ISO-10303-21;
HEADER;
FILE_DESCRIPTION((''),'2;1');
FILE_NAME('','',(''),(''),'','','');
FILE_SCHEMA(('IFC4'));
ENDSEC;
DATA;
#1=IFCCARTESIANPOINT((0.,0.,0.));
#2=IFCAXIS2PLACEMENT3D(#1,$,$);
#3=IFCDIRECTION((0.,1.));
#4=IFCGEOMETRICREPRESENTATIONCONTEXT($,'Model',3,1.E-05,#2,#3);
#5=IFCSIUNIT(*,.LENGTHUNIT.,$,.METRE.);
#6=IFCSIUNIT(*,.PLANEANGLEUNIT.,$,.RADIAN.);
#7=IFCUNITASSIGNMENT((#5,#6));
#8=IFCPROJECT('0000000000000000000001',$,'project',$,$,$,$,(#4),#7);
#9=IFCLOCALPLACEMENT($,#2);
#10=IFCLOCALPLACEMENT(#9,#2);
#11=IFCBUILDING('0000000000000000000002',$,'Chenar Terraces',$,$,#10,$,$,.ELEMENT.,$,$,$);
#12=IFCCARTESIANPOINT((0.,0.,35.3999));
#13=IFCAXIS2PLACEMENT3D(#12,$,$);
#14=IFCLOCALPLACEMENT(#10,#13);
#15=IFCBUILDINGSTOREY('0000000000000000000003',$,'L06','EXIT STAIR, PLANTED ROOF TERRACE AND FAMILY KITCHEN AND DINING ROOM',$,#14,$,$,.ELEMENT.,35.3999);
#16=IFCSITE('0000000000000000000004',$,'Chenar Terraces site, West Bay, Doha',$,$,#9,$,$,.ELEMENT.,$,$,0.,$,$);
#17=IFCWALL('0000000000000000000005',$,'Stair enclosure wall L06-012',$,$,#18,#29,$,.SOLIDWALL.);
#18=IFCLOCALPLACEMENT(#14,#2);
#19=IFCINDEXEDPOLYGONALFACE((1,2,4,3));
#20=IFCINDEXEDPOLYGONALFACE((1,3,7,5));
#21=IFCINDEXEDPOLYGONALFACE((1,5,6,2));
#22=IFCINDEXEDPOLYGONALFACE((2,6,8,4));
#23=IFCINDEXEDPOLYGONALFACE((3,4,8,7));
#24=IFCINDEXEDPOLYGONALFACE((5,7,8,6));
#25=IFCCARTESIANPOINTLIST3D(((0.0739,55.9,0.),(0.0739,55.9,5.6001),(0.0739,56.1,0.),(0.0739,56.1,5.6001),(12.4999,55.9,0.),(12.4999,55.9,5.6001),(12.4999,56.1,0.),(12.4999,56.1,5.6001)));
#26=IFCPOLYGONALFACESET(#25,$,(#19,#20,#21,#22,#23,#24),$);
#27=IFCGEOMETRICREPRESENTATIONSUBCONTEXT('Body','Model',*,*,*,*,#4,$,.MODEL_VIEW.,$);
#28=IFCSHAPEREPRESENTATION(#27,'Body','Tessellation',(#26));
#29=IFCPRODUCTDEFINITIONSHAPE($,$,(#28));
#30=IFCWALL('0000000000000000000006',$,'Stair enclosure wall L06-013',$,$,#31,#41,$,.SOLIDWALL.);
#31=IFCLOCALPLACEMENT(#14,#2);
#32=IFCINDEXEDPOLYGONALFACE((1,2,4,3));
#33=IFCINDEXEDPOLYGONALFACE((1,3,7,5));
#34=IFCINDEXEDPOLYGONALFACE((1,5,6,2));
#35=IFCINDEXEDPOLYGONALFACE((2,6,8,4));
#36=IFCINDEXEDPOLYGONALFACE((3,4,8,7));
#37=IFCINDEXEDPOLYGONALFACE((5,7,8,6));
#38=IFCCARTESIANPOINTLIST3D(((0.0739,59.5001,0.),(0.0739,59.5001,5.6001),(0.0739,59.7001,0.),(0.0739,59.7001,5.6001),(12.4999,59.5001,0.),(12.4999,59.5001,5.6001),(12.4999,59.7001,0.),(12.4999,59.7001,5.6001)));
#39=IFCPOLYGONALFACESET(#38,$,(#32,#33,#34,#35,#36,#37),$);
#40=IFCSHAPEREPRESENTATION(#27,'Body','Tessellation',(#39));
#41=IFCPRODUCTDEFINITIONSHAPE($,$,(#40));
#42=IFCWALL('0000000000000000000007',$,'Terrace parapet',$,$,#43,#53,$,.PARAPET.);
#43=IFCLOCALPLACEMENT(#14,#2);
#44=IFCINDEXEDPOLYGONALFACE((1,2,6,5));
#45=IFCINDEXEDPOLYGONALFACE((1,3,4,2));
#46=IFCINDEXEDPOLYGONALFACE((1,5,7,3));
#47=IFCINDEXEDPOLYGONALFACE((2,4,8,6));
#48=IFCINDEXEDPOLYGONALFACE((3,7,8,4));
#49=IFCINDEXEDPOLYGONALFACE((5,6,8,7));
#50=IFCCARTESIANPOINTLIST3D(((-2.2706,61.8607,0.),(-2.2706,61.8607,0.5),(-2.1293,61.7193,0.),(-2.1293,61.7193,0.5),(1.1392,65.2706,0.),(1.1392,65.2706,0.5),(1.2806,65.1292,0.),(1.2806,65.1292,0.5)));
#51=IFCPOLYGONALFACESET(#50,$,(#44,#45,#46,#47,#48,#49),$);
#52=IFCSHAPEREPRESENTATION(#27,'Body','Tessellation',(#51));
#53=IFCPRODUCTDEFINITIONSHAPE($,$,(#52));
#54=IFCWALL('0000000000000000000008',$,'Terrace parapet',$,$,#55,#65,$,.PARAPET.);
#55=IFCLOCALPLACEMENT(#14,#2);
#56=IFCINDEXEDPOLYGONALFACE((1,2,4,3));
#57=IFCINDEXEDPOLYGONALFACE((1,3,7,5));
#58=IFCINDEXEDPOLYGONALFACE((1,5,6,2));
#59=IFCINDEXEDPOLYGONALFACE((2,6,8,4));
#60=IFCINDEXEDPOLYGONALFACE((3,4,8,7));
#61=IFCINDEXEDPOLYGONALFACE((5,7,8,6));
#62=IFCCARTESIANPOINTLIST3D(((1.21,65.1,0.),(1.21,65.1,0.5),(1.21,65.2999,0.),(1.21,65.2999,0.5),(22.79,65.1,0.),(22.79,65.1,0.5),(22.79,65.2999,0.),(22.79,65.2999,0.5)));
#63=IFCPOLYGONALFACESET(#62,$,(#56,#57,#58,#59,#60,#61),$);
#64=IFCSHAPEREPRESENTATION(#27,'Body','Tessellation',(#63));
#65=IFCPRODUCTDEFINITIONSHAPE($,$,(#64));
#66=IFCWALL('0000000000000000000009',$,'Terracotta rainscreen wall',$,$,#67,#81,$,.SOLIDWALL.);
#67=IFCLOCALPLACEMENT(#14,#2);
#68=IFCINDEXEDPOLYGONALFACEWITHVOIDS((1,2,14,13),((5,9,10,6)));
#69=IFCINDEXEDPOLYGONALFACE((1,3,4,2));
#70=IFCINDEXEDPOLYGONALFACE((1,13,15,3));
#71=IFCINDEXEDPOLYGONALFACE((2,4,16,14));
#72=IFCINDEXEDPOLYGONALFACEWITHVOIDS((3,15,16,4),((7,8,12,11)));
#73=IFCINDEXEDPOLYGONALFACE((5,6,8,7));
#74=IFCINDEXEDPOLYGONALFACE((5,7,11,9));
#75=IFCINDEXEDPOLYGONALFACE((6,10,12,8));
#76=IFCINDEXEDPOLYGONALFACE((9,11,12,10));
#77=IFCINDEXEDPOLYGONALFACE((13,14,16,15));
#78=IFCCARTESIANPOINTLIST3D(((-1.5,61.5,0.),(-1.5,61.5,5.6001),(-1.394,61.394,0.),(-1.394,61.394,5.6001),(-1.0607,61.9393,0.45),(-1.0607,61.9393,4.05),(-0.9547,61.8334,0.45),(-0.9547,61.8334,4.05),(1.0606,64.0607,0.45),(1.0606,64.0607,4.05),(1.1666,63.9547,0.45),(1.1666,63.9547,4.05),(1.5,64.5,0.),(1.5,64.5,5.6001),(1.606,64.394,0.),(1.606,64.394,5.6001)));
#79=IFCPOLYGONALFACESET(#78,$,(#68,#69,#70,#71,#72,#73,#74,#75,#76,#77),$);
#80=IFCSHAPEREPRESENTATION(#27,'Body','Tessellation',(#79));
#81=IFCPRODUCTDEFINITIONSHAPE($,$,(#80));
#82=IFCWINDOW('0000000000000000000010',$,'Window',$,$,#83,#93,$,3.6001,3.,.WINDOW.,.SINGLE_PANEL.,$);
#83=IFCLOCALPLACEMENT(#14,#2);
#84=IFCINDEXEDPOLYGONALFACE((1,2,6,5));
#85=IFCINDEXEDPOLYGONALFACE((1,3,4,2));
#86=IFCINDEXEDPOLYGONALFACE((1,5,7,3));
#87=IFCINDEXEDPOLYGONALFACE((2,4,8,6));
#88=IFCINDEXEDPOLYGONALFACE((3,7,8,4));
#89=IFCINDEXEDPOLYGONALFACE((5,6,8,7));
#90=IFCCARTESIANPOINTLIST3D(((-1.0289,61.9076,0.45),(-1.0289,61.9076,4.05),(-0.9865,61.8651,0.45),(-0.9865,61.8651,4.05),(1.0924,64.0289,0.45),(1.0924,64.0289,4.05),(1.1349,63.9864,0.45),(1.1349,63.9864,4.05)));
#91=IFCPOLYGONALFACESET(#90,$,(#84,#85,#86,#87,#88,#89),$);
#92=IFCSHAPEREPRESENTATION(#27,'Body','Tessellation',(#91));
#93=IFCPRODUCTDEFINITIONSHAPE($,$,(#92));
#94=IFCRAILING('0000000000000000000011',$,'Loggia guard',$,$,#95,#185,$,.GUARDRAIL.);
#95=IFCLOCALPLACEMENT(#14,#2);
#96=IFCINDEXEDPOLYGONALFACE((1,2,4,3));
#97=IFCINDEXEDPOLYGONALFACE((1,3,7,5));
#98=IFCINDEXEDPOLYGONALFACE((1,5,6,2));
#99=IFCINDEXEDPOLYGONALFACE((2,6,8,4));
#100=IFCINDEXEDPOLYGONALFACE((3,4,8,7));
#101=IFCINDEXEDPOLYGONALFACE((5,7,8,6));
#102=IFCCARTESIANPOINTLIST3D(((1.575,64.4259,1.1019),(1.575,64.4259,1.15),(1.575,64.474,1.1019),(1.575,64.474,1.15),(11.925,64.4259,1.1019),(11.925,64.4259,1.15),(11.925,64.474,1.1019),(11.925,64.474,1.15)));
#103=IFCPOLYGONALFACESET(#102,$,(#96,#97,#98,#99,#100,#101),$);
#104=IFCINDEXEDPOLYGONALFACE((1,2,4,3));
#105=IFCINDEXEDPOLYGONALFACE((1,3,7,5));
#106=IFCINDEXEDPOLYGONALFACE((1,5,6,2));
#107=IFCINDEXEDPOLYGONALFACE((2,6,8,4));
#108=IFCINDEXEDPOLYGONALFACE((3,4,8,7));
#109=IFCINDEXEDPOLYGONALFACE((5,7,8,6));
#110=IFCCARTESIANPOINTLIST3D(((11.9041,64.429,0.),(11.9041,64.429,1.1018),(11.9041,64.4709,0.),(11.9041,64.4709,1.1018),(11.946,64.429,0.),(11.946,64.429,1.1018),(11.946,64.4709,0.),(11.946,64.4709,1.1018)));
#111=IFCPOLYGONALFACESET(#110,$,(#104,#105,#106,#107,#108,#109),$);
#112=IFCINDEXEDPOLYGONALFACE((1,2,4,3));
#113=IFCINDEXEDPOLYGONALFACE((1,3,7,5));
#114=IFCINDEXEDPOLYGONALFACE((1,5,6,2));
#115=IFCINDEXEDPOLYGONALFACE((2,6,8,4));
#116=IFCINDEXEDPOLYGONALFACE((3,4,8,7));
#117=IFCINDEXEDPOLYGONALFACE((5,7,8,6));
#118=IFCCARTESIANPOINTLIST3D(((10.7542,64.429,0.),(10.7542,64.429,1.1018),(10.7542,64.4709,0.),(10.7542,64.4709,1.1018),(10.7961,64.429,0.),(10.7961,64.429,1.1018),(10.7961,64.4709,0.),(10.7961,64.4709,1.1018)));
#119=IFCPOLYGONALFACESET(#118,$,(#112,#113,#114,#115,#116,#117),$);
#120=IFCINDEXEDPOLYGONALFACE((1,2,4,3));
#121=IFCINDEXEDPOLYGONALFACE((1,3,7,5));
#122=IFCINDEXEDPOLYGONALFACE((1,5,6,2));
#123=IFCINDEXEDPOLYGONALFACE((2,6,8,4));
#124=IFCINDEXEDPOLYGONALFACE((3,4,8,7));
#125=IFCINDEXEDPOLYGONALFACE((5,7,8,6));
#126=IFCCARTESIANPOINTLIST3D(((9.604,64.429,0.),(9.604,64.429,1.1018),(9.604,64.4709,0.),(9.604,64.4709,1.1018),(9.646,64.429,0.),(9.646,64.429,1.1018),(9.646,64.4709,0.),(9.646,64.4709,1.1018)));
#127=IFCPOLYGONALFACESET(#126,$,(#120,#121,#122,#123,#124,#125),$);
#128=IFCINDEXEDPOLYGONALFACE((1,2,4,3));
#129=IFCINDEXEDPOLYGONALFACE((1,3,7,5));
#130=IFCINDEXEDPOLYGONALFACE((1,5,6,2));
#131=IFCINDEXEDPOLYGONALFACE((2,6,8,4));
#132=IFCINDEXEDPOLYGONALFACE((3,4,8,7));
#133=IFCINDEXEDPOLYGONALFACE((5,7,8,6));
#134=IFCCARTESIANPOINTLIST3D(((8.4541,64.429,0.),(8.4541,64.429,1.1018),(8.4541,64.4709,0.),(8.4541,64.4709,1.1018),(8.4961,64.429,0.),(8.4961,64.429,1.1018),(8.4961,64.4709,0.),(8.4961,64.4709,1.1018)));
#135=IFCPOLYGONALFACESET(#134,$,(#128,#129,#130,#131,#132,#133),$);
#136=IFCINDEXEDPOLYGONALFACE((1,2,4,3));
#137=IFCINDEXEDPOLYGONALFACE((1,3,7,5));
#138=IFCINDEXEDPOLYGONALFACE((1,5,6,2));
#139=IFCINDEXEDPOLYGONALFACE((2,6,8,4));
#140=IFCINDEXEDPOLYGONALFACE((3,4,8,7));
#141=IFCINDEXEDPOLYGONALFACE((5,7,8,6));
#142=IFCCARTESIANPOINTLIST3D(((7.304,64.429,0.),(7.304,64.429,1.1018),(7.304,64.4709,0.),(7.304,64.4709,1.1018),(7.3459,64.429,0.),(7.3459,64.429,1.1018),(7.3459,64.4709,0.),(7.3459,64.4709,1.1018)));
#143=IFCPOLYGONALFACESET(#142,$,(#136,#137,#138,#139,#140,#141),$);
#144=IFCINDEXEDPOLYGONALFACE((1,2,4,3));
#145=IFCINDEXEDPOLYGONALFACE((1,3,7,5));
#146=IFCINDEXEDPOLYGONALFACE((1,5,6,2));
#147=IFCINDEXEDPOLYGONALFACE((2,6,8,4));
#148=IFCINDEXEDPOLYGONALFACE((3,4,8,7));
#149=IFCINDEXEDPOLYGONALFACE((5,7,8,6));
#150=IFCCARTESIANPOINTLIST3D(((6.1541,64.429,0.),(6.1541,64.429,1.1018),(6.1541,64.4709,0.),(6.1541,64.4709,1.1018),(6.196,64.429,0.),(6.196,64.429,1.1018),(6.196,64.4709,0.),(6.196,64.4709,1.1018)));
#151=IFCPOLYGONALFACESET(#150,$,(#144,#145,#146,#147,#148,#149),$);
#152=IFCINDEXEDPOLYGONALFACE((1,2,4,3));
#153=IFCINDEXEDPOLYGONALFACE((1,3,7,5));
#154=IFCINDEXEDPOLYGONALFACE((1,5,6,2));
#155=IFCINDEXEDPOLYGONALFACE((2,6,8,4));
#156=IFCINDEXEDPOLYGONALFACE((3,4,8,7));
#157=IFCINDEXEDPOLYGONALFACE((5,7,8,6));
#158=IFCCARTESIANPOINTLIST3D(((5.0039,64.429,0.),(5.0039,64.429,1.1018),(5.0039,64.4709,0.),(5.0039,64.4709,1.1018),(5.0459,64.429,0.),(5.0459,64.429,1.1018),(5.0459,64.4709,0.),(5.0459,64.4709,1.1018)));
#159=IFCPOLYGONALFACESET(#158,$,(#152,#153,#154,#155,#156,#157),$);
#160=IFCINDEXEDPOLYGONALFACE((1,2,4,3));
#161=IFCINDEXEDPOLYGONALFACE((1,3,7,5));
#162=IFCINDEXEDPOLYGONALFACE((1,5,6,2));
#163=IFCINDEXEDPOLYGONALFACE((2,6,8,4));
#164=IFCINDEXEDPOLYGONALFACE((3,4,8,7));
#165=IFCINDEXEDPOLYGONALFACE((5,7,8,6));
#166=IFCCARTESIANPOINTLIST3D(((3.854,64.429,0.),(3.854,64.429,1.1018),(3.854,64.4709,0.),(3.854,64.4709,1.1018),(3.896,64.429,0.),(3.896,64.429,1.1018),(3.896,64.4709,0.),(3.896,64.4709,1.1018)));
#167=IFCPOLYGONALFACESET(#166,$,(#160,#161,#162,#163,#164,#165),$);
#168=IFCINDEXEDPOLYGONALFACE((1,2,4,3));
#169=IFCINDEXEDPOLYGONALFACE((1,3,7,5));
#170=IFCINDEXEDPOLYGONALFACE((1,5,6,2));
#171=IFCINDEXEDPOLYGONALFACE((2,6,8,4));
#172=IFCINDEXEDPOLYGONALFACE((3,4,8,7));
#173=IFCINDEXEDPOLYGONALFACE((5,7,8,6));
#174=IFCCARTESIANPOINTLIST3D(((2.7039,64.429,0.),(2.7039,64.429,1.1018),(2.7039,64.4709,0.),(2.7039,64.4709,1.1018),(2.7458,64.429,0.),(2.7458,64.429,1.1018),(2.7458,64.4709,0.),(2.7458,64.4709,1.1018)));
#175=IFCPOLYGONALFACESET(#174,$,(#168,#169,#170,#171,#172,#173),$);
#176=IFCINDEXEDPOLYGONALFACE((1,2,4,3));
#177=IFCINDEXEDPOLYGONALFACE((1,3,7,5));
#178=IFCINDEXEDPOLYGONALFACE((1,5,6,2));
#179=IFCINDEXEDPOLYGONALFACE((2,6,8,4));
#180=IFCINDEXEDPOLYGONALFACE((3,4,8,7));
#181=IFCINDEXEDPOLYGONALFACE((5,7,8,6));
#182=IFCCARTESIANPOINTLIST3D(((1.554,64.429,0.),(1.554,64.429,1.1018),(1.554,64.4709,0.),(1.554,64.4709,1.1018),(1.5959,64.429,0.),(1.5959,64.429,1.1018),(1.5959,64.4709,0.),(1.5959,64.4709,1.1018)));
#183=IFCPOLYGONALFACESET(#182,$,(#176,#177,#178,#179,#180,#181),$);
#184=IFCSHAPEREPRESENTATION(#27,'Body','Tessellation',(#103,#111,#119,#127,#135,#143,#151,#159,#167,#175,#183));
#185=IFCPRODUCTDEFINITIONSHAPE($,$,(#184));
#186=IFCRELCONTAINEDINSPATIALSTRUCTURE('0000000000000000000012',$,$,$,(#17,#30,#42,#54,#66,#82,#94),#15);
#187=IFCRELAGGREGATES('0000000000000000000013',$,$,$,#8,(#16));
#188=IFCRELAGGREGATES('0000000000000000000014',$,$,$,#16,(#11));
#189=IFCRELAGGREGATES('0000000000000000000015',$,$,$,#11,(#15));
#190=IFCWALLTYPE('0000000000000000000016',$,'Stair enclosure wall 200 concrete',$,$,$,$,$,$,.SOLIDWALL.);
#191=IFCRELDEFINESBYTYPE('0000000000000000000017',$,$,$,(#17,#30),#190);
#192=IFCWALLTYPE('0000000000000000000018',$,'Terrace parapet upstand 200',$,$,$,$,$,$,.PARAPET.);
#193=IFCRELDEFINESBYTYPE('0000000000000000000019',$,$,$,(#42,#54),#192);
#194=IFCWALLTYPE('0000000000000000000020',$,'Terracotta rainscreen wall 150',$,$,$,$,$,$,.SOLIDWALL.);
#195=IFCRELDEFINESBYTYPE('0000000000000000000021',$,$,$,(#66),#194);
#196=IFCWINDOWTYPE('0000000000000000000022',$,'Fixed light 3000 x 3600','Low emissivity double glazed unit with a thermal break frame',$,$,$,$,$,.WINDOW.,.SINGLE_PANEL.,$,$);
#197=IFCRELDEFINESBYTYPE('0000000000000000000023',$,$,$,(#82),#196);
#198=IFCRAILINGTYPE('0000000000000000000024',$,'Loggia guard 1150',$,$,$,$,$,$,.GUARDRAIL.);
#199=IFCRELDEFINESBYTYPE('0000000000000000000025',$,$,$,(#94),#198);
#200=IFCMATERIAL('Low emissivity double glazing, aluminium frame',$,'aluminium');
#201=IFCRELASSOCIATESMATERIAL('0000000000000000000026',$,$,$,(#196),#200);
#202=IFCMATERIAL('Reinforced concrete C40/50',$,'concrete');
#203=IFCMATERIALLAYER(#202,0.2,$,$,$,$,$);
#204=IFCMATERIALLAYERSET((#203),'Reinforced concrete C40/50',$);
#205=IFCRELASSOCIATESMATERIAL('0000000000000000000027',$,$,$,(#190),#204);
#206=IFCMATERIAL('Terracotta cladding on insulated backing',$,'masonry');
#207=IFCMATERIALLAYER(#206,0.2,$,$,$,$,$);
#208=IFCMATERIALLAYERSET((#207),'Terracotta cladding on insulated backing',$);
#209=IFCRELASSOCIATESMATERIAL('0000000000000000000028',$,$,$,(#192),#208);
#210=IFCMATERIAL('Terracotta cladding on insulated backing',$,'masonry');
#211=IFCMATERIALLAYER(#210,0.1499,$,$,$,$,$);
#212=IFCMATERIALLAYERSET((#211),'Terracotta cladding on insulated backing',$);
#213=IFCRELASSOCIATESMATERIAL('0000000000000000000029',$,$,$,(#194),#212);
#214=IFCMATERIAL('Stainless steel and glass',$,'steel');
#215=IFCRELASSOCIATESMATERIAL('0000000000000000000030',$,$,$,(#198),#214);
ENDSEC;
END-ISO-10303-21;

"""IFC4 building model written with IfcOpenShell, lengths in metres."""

from ifc_helpers import new_model, si_unit, direction, frame, frame_2d, origin, origin_2d, place, context, subcontext, project, spatial, rectangle, extrude, material, layer, layer_set, type_object, element, fill, save


model = new_model("IFC4")

# Units and contexts
model_context = context("Model", 3, precision=1e-05, world=origin(), true_north=direction((0.0, 1.0)))
body_context = subcontext(model_context, "Body", "Model", "MODEL_VIEW")
ifc_project = project(units=[si_unit("LENGTHUNIT", "METRE"), si_unit("PLANEANGLEUNIT", "RADIAN")], contexts=[model_context])

# Site, building, storey
site_placement = place(None, origin())
site = spatial("IfcSite", under=ifc_project, at=site_placement, Name="Chenar Terraces site, West Bay, Doha", CompositionType="ELEMENT", RefElevation=0.0)
building_placement = place(site_placement, origin())
building = spatial("IfcBuilding", under=site, at=building_placement, Name="Chenar Terraces", CompositionType="ELEMENT")
storey_placement = place(building_placement, frame((0.0, 0.0, 35.3999)))
storey = spatial("IfcBuildingStorey", under=building, at=storey_placement, Name="L06", Description="EXIT STAIR, PLANTED ROOF TERRACE AND FAMILY KITCHEN AND DINING ROOM", CompositionType="ELEMENT", Elevation=35.3999)

# Shared definitions
ifc_material_1 = material(Name="Low emissivity double glazing, aluminium frame", Category="aluminium")
window_type_1 = type_object("IfcWindowType", Name="Fixed light 3000 x 3600", Description="Low emissivity double glazed unit with a thermal break frame", PartitioningType="SINGLE_PANEL", PredefinedType="WINDOW", material=ifc_material_1)

# Walls
ifc_material_2 = material(Name="Reinforced concrete C40/50", Category="concrete")
ifc_layer_1 = layer(ifc_material_2, 0.2)
ifc_layer_set_1 = layer_set([ifc_layer_1], Name="Reinforced concrete C40/50")
wall_type_1 = type_object("IfcWallType", Name="Stair enclosure wall 200 concrete", PredefinedType="SOLIDWALL", material=ifc_layer_set_1)
for number, where, z_axis, x_axis, name in (
    (1, (0.074, 56.0, 0.0), (0.0, 0.0, 1.0), (1.0, 0.0, 0.0), "Stair enclosure wall L06-012"),
    (2, (0.074, 59.6001, 0.0), (0.0, 0.0, 1.0), (1.0, 0.0, 0.0), "Stair enclosure wall L06-013"),
):
    element("IfcWall", number, at=place(storey_placement, frame(where, z_axis=z_axis, x_axis=x_axis)), inside=storey, type_object=wall_type_1, Name=name, PredefinedType="SOLIDWALL", context=body_context, shape_type="SweptSolid", body=[
        extrude(rectangle(XDim=12.426, YDim=0.2, at=frame_2d((6.2129, 0.0))), origin(), (0.0, 0.0, 1.0), 5.6001),
    ])
ifc_material_3 = material(Name="Terracotta cladding on insulated backing", Category="masonry")
ifc_layer_2 = layer(ifc_material_3, 0.2)
ifc_layer_set_2 = layer_set([ifc_layer_2], Name="Terracotta cladding on insulated backing")
wall_type_2 = type_object("IfcWallType", Name="Terrace parapet upstand 200", PredefinedType="PARAPET", material=ifc_layer_set_2)
wall_1_placement = place(storey_placement, frame((-2.2, 61.79, 0.0), z_axis=(0.0, 0.0, 1.0), x_axis=(0.707107, 0.707107, 0.0)))
element("IfcWall", 3, at=wall_1_placement, inside=storey, type_object=wall_type_2, Name="Terrace parapet", PredefinedType="PARAPET", context=body_context, shape_type="SweptSolid", body=[
    extrude(rectangle(XDim=4.8223, YDim=0.2, at=frame_2d((2.4111, 0.0))), origin(), (0.0, 0.0, 1.0), 0.5),
])
wall_2_placement = place(storey_placement, frame((1.21, 65.2, 0.0), z_axis=(0.0, 0.0, 1.0), x_axis=(1.0, 0.0, 0.0)))
element("IfcWall", 4, at=wall_2_placement, inside=storey, type_object=wall_type_2, Name="Terrace parapet", PredefinedType="PARAPET", context=body_context, shape_type="SweptSolid", body=[
    extrude(rectangle(XDim=21.5801, YDim=0.2, at=frame_2d((10.79, 0.0))), origin(), (0.0, 0.0, 1.0), 0.5),
])

# Wall, opening, window
ifc_material_4 = material(Name="Terracotta cladding on insulated backing", Category="masonry")
ifc_layer_3 = layer(ifc_material_4, 0.1499)
ifc_layer_set_3 = layer_set([ifc_layer_3], Name="Terracotta cladding on insulated backing")
wall_type_3 = type_object("IfcWallType", Name="Terracotta rainscreen wall 150", PredefinedType="SOLIDWALL", material=ifc_layer_set_3)
wall_3_placement = place(storey_placement, frame((1.553, 64.447, 0.0), z_axis=(0.0, 0.0, 1.0), x_axis=(-0.707107, -0.707107, 0.0)))
wall_3 = element("IfcWall", 5, at=wall_3_placement, inside=storey, type_object=wall_type_3, Name="Terracotta rainscreen wall", PredefinedType="SOLIDWALL", context=body_context, shape_type="SweptSolid", body=[
    extrude(rectangle(XDim=4.2427, YDim=0.1499, at=frame_2d((2.1213, 0.0))), origin(), (0.0, 0.0, 1.0), 5.6001),
])
opening_1_placement = place(wall_3_placement, frame((0.6213, 0.0, 0.45)))
opening_1 = element("IfcOpeningElement", 6, at=opening_1_placement, cuts=wall_3, PredefinedType="OPENING", context=body_context, shape_type="SweptSolid", body=[
    extrude(rectangle(XDim=3.0, YDim=3.6001, at=frame_2d((1.5, 1.8))), frame((0.0, 0.085, 0.0), z_axis=(0.0, -1.0, 0.0), x_axis=(1.0, 0.0, 0.0)), (0.0, 0.0, 1.0), 0.1699),
])
window_1_placement = place(opening_1_placement, origin())
window_1 = element("IfcWindow", 7, at=window_1_placement, inside=storey, type_object=window_type_1, Name="Window", OverallHeight=3.6001, OverallWidth=3.0, PartitioningType="SINGLE_PANEL", PredefinedType="WINDOW", context=body_context, shape_type="SweptSolid", body=[
    extrude(rectangle(XDim=3.0, YDim=3.6001, at=frame_2d((1.5, 1.8))), frame((0.0, 0.03, 0.0), z_axis=(0.0, -1.0, 0.0), x_axis=(1.0, 0.0, 0.0)), (0.0, 0.0, 1.0), 0.0601),
])
fill(opening_1, window_1)

# Railing
ifc_material_5 = material(Name="Stainless steel and glass", Category="steel")
railing_type_1 = type_object("IfcRailingType", Name="Loggia guard 1150", PredefinedType="GUARDRAIL", material=ifc_material_5)
railing_1_placement = place(storey_placement, frame((11.925, 64.45, 0.0)))
element("IfcRailing", 8, at=railing_1_placement, inside=storey, type_object=railing_type_1, Name="Loggia guard", PredefinedType="GUARDRAIL", context=body_context, shape_type="SweptSolid", body=[
    extrude(rectangle(XDim=0.0481, YDim=0.0481, at=origin_2d()), frame((0.0, 0.0, 1.126), z_axis=(-1.0, 0.0, 0.0), x_axis=(0.0, -1.0, 0.0)), (0.0, 0.0, 1.0), 10.3501),
    extrude(rectangle(XDim=0.042, YDim=0.042, at=origin_2d()), origin(), (0.0, 0.0, 1.0), 1.1018),
    extrude(rectangle(XDim=0.042, YDim=0.042, at=origin_2d()), frame((-1.1499, 0.0, 0.0)), (0.0, 0.0, 1.0), 1.1018),
    extrude(rectangle(XDim=0.042, YDim=0.042, at=origin_2d()), frame((-2.3, 0.0, 0.0)), (0.0, 0.0, 1.0), 1.1018),
    extrude(rectangle(XDim=0.042, YDim=0.042, at=origin_2d()), frame((-3.45, 0.0, 0.0)), (0.0, 0.0, 1.0), 1.1018),
    extrude(rectangle(XDim=0.042, YDim=0.042, at=origin_2d()), frame((-4.6001, 0.0, 0.0)), (0.0, 0.0, 1.0), 1.1018),
    extrude(rectangle(XDim=0.042, YDim=0.042, at=origin_2d()), frame((-5.75, 0.0, 0.0)), (0.0, 0.0, 1.0), 1.1018),
    extrude(rectangle(XDim=0.042, YDim=0.042, at=origin_2d()), frame((-6.9001, 0.0, 0.0)), (0.0, 0.0, 1.0), 1.1018),
    extrude(rectangle(XDim=0.042, YDim=0.042, at=origin_2d()), frame((-8.05, 0.0, 0.0)), (0.0, 0.0, 1.0), 1.1018),
    extrude(rectangle(XDim=0.042, YDim=0.042, at=origin_2d()), frame((-9.2002, 0.0, 0.0)), (0.0, 0.0, 1.0), 1.1018),
    extrude(rectangle(XDim=0.042, YDim=0.042, at=origin_2d()), frame((-10.3501, 0.0, 0.0)), (0.0, 0.0, 1.0), 1.1018),
])

save(model, "model.ifc")
